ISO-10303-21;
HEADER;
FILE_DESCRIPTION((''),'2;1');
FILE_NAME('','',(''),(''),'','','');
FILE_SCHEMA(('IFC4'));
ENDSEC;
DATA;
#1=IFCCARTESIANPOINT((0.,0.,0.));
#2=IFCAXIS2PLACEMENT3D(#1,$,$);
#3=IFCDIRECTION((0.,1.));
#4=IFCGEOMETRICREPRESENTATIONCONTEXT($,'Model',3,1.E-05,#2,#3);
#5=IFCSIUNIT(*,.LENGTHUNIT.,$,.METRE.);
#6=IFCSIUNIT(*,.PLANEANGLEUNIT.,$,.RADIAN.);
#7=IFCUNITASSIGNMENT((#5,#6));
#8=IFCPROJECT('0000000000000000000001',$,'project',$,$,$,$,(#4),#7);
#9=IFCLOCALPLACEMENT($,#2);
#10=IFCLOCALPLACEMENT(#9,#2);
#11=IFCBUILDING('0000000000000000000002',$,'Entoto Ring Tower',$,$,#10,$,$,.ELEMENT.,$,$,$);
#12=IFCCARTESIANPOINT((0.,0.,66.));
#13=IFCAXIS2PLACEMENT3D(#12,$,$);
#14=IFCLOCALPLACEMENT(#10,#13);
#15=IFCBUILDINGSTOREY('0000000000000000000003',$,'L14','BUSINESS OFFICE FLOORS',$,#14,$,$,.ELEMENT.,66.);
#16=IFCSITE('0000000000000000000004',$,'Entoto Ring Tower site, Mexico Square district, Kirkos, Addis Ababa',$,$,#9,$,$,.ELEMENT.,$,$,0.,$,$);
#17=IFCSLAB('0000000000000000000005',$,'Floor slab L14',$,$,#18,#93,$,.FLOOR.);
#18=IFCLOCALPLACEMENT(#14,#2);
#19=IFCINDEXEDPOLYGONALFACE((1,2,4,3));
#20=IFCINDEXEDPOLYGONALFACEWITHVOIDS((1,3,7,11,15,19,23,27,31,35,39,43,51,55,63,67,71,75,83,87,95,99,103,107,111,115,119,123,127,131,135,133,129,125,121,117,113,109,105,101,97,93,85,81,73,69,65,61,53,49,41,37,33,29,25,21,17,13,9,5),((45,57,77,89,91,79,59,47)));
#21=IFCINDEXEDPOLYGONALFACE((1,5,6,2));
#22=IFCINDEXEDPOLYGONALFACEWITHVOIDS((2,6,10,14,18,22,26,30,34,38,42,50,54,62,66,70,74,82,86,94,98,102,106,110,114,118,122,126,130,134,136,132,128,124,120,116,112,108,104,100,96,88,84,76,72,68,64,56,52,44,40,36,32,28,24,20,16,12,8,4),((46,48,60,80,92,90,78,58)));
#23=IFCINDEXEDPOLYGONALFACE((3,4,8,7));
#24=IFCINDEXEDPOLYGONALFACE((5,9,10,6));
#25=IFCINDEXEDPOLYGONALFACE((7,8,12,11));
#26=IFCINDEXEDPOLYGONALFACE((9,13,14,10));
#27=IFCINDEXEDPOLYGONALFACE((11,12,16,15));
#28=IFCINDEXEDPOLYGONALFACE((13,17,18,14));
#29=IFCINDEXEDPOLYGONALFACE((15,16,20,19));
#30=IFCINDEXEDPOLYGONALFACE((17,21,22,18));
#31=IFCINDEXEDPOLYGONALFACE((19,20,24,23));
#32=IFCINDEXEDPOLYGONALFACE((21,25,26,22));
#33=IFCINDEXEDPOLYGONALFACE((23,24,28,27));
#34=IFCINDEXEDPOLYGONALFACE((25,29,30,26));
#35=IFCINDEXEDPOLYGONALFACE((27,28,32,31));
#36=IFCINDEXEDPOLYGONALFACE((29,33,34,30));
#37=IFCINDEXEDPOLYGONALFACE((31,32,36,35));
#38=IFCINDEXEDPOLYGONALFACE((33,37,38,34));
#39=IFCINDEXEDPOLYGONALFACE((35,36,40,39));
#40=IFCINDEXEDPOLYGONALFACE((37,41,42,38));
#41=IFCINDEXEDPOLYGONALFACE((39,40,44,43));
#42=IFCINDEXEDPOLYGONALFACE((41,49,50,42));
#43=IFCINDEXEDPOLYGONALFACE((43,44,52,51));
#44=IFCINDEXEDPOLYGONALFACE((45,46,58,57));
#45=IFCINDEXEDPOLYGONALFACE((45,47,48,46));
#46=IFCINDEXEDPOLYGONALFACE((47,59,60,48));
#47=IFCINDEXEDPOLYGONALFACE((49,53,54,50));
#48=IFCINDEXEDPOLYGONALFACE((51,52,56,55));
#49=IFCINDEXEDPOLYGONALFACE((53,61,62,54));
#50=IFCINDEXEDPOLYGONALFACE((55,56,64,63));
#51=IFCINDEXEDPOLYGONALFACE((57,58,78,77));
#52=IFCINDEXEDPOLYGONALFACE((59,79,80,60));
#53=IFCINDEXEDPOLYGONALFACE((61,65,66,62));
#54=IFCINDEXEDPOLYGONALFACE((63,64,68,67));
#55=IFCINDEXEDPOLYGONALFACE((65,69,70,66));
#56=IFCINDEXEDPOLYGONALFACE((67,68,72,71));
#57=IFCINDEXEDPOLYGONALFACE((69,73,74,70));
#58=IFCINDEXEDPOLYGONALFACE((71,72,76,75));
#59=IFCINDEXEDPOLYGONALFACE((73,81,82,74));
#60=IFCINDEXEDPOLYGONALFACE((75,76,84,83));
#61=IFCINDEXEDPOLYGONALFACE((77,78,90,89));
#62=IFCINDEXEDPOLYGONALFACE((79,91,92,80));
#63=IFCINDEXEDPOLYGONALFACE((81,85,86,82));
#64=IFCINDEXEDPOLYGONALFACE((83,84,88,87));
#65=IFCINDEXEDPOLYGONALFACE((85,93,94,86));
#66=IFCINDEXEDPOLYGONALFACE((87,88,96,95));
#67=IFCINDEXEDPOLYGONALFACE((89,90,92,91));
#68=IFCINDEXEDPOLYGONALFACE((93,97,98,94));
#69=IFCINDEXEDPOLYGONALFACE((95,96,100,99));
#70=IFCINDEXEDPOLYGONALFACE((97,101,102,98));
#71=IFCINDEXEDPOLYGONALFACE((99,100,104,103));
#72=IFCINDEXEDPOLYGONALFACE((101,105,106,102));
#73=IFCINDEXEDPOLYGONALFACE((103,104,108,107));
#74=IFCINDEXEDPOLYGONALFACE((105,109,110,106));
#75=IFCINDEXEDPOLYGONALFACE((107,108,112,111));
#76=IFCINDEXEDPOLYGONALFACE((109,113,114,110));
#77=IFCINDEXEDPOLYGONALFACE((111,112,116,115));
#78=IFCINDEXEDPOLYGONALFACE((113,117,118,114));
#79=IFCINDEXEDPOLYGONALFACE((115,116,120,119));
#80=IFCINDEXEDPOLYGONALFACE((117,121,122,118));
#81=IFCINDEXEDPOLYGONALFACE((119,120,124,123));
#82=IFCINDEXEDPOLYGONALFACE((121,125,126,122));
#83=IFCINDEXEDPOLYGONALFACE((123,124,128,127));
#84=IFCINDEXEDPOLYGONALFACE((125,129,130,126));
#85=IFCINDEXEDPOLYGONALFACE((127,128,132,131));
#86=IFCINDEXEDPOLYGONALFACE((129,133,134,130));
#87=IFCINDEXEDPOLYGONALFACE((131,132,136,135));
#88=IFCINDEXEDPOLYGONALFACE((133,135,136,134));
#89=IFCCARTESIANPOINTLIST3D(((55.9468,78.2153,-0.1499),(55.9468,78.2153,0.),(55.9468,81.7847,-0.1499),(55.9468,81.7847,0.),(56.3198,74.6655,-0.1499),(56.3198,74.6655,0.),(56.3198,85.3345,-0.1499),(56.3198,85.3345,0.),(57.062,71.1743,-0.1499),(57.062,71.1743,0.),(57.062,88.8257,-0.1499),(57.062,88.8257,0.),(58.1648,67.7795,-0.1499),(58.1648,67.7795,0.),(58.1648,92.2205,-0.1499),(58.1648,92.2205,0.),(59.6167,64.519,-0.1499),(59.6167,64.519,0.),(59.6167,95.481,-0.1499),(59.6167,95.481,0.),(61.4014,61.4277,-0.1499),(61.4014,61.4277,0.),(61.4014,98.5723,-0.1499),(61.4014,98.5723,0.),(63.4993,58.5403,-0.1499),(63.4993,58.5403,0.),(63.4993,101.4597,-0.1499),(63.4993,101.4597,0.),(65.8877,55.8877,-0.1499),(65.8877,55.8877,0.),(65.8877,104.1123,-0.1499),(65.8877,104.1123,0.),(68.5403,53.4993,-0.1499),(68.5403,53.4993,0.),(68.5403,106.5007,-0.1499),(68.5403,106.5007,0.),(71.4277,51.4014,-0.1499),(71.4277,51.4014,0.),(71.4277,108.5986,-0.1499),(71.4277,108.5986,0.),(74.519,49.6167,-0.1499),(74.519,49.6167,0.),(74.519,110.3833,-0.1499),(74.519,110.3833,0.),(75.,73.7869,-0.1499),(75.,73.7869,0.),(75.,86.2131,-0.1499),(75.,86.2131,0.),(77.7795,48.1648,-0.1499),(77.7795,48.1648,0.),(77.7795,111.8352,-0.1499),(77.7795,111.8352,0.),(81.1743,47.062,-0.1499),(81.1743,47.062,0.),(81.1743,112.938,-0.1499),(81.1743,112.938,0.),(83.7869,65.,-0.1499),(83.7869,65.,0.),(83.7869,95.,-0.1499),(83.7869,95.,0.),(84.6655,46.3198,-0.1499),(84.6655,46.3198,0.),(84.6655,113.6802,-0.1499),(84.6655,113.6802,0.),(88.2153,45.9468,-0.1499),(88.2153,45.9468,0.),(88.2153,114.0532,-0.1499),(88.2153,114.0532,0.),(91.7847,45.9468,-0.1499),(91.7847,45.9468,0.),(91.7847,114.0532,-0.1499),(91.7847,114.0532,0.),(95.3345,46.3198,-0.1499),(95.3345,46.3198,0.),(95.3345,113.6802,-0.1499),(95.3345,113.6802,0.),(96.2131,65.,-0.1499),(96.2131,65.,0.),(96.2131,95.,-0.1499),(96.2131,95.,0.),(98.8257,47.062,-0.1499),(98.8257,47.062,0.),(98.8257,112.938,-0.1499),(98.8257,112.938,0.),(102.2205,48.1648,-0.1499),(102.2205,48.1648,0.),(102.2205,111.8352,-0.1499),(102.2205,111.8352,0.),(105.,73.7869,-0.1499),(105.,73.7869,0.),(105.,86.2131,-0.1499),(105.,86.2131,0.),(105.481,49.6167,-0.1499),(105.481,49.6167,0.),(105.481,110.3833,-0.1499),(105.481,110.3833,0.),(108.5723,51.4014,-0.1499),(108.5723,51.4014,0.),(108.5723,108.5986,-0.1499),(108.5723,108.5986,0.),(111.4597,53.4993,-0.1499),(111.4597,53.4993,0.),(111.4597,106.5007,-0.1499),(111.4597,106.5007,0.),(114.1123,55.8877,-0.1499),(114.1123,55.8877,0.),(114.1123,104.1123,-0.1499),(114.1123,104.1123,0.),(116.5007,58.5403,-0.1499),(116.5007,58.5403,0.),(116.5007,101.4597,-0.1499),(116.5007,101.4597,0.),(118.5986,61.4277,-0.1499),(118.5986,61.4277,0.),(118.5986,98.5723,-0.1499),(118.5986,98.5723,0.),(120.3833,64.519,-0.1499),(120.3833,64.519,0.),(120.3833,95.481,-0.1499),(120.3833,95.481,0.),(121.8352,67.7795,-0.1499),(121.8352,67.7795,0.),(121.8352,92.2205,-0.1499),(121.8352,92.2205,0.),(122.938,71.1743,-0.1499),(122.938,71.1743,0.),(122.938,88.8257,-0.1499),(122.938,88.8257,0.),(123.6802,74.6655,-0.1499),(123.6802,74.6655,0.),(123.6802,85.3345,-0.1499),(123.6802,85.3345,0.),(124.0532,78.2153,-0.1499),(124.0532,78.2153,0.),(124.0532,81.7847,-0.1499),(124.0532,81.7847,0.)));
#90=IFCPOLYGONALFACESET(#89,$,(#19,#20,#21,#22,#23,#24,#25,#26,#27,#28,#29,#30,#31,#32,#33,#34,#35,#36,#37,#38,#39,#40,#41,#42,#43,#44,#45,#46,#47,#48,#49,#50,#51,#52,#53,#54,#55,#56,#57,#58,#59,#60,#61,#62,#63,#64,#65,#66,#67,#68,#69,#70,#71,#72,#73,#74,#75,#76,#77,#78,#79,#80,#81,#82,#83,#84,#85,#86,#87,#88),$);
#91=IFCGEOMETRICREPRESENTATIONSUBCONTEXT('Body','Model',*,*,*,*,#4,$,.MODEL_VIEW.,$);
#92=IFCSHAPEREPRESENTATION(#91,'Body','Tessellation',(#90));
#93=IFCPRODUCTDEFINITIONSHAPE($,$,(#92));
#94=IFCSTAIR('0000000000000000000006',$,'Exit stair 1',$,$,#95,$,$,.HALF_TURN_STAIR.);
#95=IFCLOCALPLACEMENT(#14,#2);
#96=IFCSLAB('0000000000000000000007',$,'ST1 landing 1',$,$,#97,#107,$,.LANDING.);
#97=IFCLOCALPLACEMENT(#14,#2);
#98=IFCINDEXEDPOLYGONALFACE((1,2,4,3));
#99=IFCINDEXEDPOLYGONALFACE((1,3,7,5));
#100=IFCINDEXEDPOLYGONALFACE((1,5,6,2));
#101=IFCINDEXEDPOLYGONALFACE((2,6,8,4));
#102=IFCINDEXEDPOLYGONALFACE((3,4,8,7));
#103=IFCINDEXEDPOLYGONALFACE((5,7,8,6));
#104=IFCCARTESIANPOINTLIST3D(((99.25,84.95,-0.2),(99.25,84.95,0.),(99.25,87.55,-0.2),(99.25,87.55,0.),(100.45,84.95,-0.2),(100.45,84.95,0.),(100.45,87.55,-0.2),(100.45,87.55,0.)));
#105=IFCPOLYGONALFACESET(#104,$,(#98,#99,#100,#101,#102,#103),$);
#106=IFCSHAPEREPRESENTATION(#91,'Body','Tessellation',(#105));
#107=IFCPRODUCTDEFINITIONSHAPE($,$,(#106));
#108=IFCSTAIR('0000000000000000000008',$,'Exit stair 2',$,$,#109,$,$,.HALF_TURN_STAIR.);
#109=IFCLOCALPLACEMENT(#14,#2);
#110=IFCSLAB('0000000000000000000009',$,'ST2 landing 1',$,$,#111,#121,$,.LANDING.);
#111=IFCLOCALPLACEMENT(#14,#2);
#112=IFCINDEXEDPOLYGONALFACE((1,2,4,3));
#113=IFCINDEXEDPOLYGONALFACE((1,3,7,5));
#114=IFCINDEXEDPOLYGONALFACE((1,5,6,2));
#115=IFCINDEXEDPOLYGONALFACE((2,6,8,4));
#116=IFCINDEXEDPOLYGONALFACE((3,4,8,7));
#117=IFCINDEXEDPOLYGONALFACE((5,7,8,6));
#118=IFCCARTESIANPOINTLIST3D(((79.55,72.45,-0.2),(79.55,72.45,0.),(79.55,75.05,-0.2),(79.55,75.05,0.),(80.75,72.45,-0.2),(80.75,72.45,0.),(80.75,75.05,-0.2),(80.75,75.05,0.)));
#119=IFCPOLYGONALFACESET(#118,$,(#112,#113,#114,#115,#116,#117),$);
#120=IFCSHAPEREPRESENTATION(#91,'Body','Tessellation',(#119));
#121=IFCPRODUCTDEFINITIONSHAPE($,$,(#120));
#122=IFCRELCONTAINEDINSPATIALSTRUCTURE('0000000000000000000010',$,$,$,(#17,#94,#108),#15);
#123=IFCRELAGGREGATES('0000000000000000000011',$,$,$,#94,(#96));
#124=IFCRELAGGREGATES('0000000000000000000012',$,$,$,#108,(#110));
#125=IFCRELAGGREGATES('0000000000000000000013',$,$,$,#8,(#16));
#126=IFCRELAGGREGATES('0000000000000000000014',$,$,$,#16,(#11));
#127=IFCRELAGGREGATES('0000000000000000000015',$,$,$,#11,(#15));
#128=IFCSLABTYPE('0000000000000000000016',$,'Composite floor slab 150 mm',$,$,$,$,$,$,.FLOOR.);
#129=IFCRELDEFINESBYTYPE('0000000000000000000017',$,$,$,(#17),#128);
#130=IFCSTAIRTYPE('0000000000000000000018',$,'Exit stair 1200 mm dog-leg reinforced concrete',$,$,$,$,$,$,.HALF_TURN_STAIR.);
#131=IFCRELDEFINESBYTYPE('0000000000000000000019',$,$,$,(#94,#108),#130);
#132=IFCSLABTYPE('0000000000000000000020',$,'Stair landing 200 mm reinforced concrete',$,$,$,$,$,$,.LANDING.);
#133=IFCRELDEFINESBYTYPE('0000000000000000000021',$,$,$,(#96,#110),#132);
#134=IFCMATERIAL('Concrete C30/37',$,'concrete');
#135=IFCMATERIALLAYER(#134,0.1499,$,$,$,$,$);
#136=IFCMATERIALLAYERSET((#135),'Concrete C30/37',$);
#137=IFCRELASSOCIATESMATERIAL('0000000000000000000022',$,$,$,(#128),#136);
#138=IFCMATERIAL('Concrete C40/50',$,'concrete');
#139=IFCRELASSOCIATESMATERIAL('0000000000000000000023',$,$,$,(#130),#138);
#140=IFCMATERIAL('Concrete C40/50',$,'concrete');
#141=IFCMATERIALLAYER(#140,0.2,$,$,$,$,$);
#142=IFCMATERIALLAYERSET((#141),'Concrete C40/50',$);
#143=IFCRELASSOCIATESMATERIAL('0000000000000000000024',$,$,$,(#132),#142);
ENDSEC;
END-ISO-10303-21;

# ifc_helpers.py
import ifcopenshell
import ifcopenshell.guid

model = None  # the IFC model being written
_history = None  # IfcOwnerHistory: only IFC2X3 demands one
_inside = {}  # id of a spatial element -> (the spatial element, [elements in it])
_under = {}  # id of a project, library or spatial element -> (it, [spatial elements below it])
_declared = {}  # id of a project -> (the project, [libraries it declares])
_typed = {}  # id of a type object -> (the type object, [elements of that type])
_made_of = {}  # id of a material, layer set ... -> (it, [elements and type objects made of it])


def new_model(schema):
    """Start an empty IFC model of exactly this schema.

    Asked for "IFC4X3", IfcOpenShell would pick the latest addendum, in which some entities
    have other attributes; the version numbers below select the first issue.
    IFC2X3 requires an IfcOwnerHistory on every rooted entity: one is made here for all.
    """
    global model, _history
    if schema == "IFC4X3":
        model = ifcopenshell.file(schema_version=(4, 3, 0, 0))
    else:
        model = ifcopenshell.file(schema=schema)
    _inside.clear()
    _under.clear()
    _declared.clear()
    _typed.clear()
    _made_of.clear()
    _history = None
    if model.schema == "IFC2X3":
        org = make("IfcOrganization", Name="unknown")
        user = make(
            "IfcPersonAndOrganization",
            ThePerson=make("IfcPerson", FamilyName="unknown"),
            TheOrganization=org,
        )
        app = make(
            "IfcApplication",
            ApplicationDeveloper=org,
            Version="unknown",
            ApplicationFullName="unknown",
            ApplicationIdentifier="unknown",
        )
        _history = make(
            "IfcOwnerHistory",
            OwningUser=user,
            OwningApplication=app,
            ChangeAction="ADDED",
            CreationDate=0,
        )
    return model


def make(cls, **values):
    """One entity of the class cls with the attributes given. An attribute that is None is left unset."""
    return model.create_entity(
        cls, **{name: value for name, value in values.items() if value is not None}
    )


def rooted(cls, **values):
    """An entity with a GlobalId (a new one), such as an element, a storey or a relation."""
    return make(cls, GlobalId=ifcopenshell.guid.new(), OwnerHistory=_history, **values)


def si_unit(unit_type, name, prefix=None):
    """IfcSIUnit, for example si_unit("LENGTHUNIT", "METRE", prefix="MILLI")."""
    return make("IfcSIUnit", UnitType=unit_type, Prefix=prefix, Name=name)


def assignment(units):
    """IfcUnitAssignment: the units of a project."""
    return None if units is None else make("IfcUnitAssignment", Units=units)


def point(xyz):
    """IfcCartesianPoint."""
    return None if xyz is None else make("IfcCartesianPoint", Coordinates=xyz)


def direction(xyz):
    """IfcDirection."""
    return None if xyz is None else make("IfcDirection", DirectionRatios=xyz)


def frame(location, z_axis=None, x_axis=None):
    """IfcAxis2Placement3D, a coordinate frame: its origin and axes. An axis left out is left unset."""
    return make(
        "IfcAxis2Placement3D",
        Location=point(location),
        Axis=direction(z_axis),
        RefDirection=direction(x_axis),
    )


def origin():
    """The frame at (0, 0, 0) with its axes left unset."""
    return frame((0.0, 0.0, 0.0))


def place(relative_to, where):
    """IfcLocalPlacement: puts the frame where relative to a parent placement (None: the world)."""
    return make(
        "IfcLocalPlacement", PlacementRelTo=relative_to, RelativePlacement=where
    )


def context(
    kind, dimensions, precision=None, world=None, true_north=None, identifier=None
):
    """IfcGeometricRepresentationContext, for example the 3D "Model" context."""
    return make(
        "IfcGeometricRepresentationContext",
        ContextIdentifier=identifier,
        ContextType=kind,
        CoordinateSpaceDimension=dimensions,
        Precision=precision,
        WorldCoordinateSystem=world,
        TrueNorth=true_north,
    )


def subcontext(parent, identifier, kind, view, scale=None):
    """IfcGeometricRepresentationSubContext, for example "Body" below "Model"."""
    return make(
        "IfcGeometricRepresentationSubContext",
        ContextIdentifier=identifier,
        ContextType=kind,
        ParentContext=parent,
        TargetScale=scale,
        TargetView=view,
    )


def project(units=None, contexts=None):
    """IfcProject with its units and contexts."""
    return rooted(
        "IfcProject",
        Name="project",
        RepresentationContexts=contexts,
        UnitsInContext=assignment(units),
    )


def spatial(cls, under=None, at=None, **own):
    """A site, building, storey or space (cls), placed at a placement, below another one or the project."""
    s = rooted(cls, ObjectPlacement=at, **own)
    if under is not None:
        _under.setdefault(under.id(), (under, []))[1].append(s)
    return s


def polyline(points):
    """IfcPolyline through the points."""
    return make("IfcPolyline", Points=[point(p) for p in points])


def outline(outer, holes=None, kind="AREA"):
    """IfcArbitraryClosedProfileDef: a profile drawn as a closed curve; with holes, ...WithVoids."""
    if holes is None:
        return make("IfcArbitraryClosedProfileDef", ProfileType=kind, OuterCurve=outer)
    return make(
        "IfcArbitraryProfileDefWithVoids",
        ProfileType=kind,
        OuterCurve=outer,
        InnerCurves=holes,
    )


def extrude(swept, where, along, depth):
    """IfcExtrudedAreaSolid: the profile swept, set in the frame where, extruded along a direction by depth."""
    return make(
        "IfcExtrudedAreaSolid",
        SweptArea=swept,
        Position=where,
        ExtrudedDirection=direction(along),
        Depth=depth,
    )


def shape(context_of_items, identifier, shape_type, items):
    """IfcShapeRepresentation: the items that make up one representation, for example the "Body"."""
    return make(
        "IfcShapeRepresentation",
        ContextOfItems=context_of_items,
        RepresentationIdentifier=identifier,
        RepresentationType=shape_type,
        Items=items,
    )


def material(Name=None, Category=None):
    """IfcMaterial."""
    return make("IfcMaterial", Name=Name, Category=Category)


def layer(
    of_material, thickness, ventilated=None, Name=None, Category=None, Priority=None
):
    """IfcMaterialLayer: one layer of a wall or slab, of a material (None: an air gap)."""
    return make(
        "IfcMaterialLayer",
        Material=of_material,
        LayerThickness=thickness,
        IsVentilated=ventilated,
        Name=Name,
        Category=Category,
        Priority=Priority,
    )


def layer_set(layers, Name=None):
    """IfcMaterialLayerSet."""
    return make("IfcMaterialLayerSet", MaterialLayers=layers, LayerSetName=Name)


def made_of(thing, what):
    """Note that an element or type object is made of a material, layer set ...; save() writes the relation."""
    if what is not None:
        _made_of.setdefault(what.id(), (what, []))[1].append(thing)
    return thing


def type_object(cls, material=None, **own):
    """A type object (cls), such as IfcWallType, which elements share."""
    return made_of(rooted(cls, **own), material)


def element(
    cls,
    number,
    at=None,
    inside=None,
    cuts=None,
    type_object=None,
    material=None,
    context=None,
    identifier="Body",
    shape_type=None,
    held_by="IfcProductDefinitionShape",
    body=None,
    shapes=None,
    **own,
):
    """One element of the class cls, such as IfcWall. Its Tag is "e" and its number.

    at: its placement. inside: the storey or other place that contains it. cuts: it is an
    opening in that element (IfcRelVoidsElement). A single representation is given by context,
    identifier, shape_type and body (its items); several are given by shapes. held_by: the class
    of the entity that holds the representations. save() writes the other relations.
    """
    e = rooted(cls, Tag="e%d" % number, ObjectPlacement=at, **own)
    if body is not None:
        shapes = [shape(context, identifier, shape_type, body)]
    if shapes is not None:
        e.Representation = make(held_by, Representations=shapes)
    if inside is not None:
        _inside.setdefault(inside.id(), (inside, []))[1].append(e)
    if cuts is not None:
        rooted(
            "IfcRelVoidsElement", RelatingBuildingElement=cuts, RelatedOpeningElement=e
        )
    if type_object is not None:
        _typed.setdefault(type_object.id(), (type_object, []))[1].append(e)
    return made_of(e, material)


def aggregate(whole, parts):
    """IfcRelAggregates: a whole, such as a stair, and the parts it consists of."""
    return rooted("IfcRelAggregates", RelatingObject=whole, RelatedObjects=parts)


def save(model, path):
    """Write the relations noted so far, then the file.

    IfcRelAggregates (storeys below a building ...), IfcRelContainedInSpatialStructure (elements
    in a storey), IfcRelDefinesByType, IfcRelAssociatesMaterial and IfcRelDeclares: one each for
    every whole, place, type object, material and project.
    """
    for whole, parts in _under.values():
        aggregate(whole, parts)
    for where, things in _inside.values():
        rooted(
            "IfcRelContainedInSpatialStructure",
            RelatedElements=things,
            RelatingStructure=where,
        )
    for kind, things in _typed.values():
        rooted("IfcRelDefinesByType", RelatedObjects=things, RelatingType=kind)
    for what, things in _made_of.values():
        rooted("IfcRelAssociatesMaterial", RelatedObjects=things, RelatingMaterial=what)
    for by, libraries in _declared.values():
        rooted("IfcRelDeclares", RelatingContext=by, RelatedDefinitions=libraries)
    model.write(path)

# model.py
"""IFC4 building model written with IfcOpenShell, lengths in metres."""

from ifc_helpers import new_model, si_unit, direction, frame, origin, place, context, subcontext, project, spatial, polyline, outline, extrude, material, layer, layer_set, type_object, element, aggregate, save


model = new_model("IFC4")

# Units and contexts
model_context = context("Model", 3, precision=1e-05, world=origin(), true_north=direction((0.0, 1.0)))
body_context = subcontext(model_context, "Body", "Model", "MODEL_VIEW")
ifc_project = project(units=[si_unit("LENGTHUNIT", "METRE"), si_unit("PLANEANGLEUNIT", "RADIAN")], contexts=[model_context])

# Site, building, storey
site_placement = place(None, origin())
building_placement = place(site_placement, origin())
storey_placement = place(building_placement, frame((0.0, 0.0, 66.0)))
site = spatial("IfcSite", under=ifc_project, at=site_placement, Name="Entoto Ring Tower site, Mexico Square district, Kirkos, Addis Ababa", CompositionType="ELEMENT", RefElevation=0.0)
building = spatial("IfcBuilding", under=site, at=building_placement, Name="Entoto Ring Tower", CompositionType="ELEMENT")
storey = spatial("IfcBuildingStorey", under=building, at=storey_placement, Name="L14", Description="BUSINESS OFFICE FLOORS", CompositionType="ELEMENT", Elevation=66.0)

# Slab
ifc_material_1 = material(Name="Concrete C30/37", Category="concrete")
ifc_layer_1 = layer(ifc_material_1, 0.1499)
ifc_layer_set_1 = layer_set([ifc_layer_1], Name="Concrete C30/37")
slab_type_1 = type_object("IfcSlabType", Name="Composite floor slab 150 mm", PredefinedType="FLOOR", material=ifc_layer_set_1)
slab_1_placement = place(storey_placement, frame((0.0, 0.0, -0.1499)))
element("IfcSlab", 1, at=slab_1_placement, inside=storey, type_object=slab_type_1, Name="Floor slab L14", PredefinedType="FLOOR", context=body_context, shape_type="SweptSolid", body=[
    extrude(outline(polyline([(123.6802, 85.3345), (122.938, 88.8257), (121.8352, 92.2205), (120.3833, 95.481), (118.5986, 98.5723), (116.5007, 101.4597), (114.1123, 104.1123), (111.4597, 106.5007), (108.5723, 108.5986), (105.481, 110.3833), (102.2205, 111.8352), (98.8257, 112.938), (95.3345, 113.6802), (91.7847, 114.0532), (88.2153, 114.0532), (84.6655, 113.6802), (81.1743, 112.938), (77.7795, 111.8352), (74.519, 110.3833), (71.4277, 108.5986), (68.5403, 106.5007), (65.8877, 104.1123), (63.4993, 101.4597), (61.4014, 98.5723), (59.6167, 95.481), (58.1648, 92.2205), (57.062, 88.8257), (56.3198, 85.3345), (55.9468, 81.7847), (55.9468, 78.2153), (56.3198, 74.6655), (57.062, 71.1743), (58.1648, 67.7795), (59.6167, 64.519), (61.4014, 61.4277), (63.4993, 58.5403), (65.8877, 55.8877), (68.5403, 53.4993), (71.4277, 51.4014), (74.519, 49.6167), (77.7795, 48.1648), (81.1743, 47.062), (84.6655, 46.3198), (88.2153, 45.9468), (91.7847, 45.9468), (95.3345, 46.3198), (98.8257, 47.062), (102.2205, 48.1648), (105.481, 49.6167), (108.5723, 51.4014), (111.4597, 53.4993), (114.1123, 55.8877), (116.5007, 58.5403), (118.5986, 61.4277), (120.3833, 64.519), (121.8352, 67.7795), (122.938, 71.1743), (123.6802, 74.6655), (124.0532, 78.2153), (124.0532, 81.7847), (123.6802, 85.3345)]), holes=[polyline([(105.0, 73.7869), (105.0, 86.2131), (96.2131, 95.0), (83.7869, 95.0), (75.0, 86.2131), (75.0, 73.7869), (83.7869, 65.0), (96.2131, 65.0), (105.0, 73.7869)])]), origin(), (0.0, 0.0, 1.0), 0.1499),
])

# Stairs, slabs
ifc_material_2 = material(Name="Concrete C40/50", Category="concrete")
stair_type = type_object("IfcStairType", Name="Exit stair 1200 mm dog-leg reinforced concrete", PredefinedType="HALF_TURN_STAIR", material=ifc_material_2)
stair_1_placement = place(storey_placement, origin())
stair_1 = element("IfcStair", 2, at=stair_1_placement, inside=storey, type_object=stair_type, Name="Exit stair 1", PredefinedType="HALF_TURN_STAIR")
ifc_material_3 = material(Name="Concrete C40/50", Category="concrete")
ifc_layer_2 = layer(ifc_material_3, 0.2)
ifc_layer_set_2 = layer_set([ifc_layer_2], Name="Concrete C40/50")
slab_type_2 = type_object("IfcSlabType", Name="Stair landing 200 mm reinforced concrete", PredefinedType="LANDING", material=ifc_layer_set_2)
slab_2_placement = place(storey_placement, frame((0.0, 0.0, -0.2)))
slab_2 = element("IfcSlab", 3, at=slab_2_placement, type_object=slab_type_2, Name="ST1 landing 1", PredefinedType="LANDING", context=body_context, shape_type="SweptSolid", body=[
    extrude(outline(polyline([(100.45, 84.95), (100.45, 87.55), (99.25, 87.55), (99.25, 84.95), (100.45, 84.95)])), origin(), (0.0, 0.0, 1.0), 0.2),
])
aggregate(stair_1, [slab_2])
stair_2_placement = place(storey_placement, origin())
stair_2 = element("IfcStair", 4, at=stair_2_placement, inside=storey, type_object=stair_type, Name="Exit stair 2", PredefinedType="HALF_TURN_STAIR")
slab_3_placement = place(storey_placement, frame((0.0, 0.0, -0.2)))
slab_3 = element("IfcSlab", 5, at=slab_3_placement, type_object=slab_type_2, Name="ST2 landing 1", PredefinedType="LANDING", context=body_context, shape_type="SweptSolid", body=[
    extrude(outline(polyline([(80.75, 72.45), (80.75, 75.05), (79.55, 75.05), (79.55, 72.45), (80.75, 72.45)])), origin(), (0.0, 0.0, 1.0), 0.2),
])
aggregate(stair_2, [slab_3])

save(model, "model.ifc")
